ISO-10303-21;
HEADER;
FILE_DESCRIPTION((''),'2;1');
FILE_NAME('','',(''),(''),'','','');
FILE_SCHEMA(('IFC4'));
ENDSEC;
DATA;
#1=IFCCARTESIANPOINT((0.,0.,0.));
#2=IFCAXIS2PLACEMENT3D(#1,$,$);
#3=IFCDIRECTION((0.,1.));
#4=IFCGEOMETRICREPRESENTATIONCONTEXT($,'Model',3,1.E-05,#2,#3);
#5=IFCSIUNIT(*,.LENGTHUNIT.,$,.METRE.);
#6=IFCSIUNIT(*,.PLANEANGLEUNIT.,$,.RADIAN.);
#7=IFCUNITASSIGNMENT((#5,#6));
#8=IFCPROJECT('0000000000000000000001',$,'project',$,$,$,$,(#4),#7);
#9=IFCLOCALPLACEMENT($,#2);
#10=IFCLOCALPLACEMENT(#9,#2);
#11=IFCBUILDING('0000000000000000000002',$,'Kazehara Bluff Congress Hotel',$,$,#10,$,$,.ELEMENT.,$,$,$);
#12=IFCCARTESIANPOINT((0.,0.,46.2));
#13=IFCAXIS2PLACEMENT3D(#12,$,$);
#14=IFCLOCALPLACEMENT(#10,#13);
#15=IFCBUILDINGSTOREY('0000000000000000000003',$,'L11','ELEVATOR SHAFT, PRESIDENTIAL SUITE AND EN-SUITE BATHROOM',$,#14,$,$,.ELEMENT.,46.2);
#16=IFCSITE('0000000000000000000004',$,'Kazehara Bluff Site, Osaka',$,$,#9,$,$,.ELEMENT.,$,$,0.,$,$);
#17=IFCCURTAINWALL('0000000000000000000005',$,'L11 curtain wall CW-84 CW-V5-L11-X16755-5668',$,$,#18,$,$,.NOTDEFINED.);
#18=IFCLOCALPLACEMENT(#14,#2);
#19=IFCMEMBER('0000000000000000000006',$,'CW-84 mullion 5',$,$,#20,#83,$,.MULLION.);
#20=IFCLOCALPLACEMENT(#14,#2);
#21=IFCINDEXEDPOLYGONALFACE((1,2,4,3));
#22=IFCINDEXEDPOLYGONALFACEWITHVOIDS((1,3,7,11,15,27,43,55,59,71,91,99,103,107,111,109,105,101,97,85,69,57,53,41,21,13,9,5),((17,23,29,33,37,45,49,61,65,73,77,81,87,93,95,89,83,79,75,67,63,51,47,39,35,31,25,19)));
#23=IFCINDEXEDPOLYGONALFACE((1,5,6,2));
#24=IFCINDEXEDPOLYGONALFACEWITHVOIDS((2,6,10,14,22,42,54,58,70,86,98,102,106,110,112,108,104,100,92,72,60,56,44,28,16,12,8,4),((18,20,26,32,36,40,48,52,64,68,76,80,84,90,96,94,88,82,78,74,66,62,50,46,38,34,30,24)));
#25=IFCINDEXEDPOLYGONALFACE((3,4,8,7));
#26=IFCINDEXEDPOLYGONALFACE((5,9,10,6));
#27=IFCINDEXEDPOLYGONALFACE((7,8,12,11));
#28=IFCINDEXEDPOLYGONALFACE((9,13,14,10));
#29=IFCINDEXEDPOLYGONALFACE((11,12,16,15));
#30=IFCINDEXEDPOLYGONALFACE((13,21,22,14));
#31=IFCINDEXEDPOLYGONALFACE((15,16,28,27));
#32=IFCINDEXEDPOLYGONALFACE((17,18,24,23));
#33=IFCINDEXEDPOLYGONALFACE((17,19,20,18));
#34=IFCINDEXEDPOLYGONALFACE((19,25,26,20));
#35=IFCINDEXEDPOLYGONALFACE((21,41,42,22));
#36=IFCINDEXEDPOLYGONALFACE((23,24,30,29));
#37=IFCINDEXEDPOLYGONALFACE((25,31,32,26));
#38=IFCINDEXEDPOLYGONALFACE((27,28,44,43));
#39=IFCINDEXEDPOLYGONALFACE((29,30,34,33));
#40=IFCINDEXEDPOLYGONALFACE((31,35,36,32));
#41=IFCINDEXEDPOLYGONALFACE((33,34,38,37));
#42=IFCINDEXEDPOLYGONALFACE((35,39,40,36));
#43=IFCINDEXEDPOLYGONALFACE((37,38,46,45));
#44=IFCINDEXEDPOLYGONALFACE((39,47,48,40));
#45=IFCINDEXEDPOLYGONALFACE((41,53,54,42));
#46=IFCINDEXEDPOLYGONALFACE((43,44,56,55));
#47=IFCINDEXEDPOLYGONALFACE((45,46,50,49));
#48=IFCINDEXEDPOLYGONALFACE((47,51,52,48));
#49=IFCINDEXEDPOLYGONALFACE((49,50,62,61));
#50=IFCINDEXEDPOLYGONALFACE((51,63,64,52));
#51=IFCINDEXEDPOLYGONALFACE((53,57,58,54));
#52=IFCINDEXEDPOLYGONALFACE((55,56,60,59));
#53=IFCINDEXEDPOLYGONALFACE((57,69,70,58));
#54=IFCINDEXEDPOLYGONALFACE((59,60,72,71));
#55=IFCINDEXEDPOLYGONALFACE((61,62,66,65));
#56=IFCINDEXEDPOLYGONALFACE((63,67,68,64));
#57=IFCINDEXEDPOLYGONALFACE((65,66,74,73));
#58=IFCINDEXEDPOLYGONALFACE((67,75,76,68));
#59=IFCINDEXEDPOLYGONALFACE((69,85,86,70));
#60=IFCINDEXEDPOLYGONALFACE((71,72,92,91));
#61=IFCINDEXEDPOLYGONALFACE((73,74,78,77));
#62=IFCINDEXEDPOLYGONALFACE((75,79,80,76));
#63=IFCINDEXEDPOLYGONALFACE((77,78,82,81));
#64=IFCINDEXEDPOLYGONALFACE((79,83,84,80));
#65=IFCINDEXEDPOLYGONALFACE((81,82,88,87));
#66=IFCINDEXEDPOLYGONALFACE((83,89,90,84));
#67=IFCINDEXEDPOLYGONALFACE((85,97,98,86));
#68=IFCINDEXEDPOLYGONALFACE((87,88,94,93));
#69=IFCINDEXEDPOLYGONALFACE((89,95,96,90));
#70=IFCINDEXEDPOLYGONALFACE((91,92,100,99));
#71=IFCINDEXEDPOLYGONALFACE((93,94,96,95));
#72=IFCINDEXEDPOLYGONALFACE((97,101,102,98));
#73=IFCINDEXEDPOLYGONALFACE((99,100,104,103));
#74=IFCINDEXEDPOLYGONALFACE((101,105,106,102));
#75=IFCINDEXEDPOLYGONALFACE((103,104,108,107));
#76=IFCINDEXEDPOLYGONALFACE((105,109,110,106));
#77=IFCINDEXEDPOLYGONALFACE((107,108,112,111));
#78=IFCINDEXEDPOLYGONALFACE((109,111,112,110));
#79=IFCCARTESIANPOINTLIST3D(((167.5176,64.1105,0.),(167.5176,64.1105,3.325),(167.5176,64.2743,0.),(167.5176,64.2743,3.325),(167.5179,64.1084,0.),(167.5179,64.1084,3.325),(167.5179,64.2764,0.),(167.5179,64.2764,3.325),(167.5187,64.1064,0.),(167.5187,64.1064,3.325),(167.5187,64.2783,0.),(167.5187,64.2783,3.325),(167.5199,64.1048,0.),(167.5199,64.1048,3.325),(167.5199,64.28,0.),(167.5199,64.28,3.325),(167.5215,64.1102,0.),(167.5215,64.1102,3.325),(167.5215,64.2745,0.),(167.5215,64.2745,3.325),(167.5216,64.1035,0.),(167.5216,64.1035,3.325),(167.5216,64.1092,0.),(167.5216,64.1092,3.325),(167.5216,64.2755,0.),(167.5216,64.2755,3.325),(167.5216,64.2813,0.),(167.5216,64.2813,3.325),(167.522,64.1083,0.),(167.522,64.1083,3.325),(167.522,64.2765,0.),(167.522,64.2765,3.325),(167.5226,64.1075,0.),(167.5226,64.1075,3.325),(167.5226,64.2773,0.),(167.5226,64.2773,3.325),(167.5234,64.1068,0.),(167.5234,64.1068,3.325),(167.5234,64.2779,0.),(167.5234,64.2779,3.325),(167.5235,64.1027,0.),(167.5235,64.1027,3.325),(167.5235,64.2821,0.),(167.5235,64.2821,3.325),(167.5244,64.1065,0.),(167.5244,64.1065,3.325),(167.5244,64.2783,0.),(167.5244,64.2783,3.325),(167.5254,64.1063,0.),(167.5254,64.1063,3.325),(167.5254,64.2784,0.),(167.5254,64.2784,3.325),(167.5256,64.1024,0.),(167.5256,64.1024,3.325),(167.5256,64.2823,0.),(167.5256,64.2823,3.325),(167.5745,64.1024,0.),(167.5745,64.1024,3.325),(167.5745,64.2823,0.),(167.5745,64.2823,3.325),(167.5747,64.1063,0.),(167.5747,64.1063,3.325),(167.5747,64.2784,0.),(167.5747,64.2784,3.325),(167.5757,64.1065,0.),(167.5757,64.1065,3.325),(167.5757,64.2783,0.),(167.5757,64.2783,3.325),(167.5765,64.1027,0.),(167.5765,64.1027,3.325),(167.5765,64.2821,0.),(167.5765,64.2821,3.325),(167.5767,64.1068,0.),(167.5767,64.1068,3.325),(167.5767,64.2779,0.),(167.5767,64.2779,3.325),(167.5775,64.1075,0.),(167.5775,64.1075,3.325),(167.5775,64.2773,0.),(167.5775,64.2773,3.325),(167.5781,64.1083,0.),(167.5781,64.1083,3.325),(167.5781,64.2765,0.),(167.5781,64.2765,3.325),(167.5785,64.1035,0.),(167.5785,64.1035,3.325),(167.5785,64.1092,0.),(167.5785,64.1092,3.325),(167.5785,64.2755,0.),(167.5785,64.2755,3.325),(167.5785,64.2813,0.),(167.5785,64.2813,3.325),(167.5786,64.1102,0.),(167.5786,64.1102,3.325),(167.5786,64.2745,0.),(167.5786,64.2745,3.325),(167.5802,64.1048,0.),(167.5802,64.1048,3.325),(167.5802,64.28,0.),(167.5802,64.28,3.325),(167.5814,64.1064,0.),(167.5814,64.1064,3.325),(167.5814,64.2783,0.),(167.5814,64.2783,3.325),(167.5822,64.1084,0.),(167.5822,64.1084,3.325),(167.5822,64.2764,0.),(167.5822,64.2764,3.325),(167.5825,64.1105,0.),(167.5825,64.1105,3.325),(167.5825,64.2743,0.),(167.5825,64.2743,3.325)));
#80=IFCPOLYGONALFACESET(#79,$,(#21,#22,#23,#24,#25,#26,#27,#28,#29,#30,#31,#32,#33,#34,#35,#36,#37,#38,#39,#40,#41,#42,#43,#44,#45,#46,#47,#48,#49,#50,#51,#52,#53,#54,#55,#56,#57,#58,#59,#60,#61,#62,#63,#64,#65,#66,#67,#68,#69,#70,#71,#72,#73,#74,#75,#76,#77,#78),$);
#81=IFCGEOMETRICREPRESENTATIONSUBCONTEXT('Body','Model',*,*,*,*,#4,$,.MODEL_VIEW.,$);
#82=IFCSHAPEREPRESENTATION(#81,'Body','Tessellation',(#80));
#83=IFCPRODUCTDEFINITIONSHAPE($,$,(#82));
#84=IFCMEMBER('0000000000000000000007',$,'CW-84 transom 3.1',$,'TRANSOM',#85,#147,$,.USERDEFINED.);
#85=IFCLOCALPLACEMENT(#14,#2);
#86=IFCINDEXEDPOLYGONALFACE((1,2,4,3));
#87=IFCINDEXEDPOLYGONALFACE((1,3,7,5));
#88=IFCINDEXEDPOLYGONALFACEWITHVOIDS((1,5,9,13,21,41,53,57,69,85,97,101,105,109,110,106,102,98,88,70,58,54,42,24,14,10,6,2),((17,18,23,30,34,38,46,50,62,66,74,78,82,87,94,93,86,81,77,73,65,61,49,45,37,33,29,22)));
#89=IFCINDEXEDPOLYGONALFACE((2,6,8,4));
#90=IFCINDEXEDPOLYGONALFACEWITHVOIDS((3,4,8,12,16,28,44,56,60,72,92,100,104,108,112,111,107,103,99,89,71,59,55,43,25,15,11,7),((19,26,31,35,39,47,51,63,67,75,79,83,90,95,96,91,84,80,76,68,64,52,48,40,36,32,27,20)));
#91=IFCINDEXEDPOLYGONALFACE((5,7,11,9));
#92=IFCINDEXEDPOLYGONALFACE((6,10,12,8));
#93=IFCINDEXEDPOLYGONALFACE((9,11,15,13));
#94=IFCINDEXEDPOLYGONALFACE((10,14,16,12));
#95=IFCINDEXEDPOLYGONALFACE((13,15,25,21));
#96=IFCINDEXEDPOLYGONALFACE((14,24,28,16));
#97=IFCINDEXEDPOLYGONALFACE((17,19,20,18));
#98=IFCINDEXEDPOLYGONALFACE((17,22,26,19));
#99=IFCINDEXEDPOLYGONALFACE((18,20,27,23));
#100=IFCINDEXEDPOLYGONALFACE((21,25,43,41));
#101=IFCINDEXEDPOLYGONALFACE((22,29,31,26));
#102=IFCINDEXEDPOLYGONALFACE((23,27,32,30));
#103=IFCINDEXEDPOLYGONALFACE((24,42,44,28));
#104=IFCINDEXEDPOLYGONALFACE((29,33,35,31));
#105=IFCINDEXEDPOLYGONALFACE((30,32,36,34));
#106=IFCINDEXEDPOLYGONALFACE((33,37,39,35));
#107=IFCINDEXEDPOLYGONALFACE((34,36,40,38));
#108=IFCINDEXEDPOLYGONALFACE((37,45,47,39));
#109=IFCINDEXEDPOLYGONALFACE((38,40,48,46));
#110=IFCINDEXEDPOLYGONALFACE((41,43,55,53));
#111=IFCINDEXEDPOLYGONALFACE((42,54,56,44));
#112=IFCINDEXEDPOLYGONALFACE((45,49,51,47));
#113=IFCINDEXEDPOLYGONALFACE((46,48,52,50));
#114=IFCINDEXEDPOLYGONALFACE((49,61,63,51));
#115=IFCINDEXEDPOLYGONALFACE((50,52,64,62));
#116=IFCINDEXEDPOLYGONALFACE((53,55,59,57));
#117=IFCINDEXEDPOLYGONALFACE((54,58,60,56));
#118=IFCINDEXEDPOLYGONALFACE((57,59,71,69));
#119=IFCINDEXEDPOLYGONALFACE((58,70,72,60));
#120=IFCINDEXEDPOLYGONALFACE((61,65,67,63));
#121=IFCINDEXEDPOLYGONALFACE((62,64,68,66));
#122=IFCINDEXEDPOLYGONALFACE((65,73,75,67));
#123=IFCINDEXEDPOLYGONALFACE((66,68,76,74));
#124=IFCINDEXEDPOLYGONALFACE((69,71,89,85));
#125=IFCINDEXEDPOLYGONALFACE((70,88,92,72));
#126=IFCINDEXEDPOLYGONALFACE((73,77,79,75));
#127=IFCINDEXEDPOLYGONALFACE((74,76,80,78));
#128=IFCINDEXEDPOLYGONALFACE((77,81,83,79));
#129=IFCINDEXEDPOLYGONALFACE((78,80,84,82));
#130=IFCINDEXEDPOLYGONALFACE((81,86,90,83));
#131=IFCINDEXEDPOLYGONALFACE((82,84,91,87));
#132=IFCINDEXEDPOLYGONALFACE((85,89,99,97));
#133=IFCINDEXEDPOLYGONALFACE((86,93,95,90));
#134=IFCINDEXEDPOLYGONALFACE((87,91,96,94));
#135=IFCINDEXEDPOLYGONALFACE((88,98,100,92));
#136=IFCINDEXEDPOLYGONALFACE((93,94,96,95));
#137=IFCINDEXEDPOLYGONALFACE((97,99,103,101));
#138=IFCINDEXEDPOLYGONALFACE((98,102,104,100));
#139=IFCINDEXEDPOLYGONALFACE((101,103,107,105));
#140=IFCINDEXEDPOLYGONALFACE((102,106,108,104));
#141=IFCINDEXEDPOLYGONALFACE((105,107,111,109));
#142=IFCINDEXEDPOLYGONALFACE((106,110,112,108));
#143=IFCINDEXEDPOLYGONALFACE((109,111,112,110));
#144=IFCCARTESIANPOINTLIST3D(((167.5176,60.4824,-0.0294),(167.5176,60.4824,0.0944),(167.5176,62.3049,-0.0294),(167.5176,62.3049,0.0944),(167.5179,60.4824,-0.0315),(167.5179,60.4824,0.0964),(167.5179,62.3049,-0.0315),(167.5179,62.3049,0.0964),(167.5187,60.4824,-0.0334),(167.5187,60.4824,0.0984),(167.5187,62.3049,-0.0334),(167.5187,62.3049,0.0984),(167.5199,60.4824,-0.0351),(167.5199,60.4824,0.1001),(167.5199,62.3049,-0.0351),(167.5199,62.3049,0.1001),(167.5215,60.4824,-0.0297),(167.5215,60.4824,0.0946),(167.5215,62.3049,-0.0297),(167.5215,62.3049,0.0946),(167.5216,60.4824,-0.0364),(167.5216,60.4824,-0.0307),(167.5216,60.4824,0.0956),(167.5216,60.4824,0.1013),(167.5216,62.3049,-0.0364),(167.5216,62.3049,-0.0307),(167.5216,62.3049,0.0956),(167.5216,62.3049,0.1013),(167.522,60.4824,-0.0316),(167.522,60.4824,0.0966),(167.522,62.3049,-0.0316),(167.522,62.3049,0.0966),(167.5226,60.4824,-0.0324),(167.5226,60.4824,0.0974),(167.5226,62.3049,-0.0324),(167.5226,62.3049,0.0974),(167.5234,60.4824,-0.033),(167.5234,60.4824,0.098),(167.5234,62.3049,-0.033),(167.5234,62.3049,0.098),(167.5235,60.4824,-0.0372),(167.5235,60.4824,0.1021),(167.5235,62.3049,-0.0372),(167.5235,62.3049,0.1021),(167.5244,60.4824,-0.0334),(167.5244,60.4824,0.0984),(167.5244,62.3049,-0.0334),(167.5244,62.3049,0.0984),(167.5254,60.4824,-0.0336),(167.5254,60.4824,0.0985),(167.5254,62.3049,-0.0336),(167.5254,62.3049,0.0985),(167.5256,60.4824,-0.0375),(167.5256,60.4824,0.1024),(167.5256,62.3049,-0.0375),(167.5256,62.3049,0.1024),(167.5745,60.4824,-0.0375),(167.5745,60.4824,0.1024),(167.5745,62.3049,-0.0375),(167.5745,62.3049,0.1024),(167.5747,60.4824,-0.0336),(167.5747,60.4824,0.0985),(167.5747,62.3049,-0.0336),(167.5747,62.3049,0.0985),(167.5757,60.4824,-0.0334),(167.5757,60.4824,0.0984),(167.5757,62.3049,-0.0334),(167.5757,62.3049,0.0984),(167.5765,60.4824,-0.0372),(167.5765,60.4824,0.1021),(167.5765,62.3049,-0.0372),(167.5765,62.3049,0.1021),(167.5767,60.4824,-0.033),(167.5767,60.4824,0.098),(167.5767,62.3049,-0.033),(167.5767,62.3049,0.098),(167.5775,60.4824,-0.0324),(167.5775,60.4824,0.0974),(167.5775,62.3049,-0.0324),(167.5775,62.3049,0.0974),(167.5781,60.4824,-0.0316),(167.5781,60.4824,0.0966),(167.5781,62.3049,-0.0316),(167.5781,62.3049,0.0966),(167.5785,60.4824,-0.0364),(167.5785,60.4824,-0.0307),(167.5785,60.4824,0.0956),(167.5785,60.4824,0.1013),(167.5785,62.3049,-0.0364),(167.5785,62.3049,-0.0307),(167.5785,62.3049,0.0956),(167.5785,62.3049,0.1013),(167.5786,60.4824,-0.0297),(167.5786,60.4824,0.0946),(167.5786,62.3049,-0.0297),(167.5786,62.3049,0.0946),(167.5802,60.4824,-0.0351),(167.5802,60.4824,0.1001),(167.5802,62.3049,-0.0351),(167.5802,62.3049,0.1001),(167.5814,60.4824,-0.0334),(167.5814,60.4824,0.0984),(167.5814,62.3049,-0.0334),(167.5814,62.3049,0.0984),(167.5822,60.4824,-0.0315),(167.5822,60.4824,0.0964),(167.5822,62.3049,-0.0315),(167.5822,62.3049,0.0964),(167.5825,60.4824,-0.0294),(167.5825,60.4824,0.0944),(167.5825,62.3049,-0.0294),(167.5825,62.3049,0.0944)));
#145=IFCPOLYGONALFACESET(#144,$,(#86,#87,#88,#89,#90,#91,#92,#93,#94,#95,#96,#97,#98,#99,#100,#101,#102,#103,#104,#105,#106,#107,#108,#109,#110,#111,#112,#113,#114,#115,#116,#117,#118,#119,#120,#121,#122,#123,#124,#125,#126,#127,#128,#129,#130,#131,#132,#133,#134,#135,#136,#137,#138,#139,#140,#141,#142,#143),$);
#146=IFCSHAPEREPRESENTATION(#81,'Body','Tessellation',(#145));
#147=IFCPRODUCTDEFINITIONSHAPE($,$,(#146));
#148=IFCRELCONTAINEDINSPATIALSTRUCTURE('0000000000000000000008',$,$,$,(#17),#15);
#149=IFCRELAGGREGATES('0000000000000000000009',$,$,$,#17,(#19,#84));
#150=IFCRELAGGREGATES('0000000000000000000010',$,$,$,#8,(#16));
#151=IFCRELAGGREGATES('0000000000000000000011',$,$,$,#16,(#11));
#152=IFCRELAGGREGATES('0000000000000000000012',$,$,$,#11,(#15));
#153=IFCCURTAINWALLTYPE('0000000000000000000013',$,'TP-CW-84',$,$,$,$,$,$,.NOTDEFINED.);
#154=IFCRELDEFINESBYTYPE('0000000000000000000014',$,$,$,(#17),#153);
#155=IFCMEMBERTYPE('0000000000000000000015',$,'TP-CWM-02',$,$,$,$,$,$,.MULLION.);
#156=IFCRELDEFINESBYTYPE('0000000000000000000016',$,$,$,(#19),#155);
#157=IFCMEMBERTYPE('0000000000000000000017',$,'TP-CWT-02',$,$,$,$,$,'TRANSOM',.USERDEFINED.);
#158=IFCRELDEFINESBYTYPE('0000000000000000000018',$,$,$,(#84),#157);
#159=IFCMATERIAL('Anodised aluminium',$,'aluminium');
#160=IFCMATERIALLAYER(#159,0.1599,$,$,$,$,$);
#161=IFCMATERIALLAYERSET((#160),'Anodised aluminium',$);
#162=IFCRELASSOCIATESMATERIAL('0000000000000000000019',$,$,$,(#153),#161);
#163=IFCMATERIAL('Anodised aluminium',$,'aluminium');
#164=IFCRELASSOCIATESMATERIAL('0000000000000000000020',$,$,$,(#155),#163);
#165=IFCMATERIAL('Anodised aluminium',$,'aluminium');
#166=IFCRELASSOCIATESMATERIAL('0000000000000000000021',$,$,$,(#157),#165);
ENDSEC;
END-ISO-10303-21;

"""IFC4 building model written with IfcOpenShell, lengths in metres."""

from ifc_helpers import new_model, si_unit, direction, frame, origin, origin_2d, place, context, subcontext, project, spatial, hollow_rectangle, extrude, material, layer, layer_set, material_profile, profile_set, type_object, element, aggregate, save


model = new_model("IFC4")

# Units and contexts
model_context = context("Model", 3, precision=1e-05, world=origin(), true_north=direction((0.0, 1.0)))
body_context = subcontext(model_context, "Body", "Model", "MODEL_VIEW")
ifc_project = project(units=[si_unit("LENGTHUNIT", "METRE"), si_unit("PLANEANGLEUNIT", "RADIAN")], contexts=[model_context])

# Site, building, storey
site_placement = place(None, origin())
site = spatial("IfcSite", under=ifc_project, at=site_placement, Name="Kazehara Bluff Site, Osaka", CompositionType="ELEMENT", RefElevation=0.0)
building_placement = place(site_placement, origin())
building = spatial("IfcBuilding", under=site, at=building_placement, Name="Kazehara Bluff Congress Hotel", CompositionType="ELEMENT")
storey_placement = place(building_placement, frame((0.0, 0.0, 46.2)))
storey = spatial("IfcBuildingStorey", under=building, at=storey_placement, Name="L11", Description="ELEVATOR SHAFT, PRESIDENTIAL SUITE AND EN-SUITE BATHROOM", CompositionType="ELEMENT", Elevation=46.2)

# Curtain wall, members
ifc_material_1 = material(Name="Anodised aluminium", Category="aluminium")
ifc_layer_1 = layer(ifc_material_1, 0.1599)
ifc_layer_set_1 = layer_set([ifc_layer_1], Name="Anodised aluminium")
curtain_wall_type_1 = type_object("IfcCurtainWallType", Name="TP-CW-84", PredefinedType="NOTDEFINED", material=ifc_layer_set_1)
curtain_wall_1_placement = place(storey_placement, origin())
curtain_wall_1 = element("IfcCurtainWall", 1, at=curtain_wall_1_placement, inside=storey, type_object=curtain_wall_type_1, Name="L11 curtain wall CW-84 CW-V5-L11-X16755-5668", PredefinedType="NOTDEFINED")
ifc_material_2 = material(Name="Anodised aluminium", Category="aluminium")
ifc_material_profile_1 = material_profile(ifc_material_2, hollow_rectangle(XDim=0.0649, YDim=0.1799, WallThickness=0.0039, InnerFilletRadius=0.0039, OuterFilletRadius=0.0081, at=origin_2d()))
ifc_profile_set_1 = profile_set([ifc_material_profile_1], Name="Anodised aluminium")
member_type_1 = type_object("IfcMemberType", Name="TP-CWM-02", PredefinedType="MULLION", material=ifc_profile_set_1)
member_1_placement = place(storey_placement, frame((167.55, 64.1924, 0.0), z_axis=(0.0, 0.0, 1.0), x_axis=(-1.0, 0.0, 0.0)))
member_1 = element("IfcMember", 2, at=member_1_placement, type_object=member_type_1, Name="CW-84 mullion 5", PredefinedType="MULLION", context=body_context, shape_type="SweptSolid", body=[
    extrude(hollow_rectangle(XDim=0.0649, YDim=0.1799, WallThickness=0.0039, InnerFilletRadius=0.0039, OuterFilletRadius=0.0081, at=origin_2d()), origin(), (0.0, 0.0, 1.0), 3.325),
])
ifc_material_3 = material(Name="Anodised aluminium", Category="aluminium")
ifc_material_profile_2 = material_profile(ifc_material_3, hollow_rectangle(XDim=0.0649, YDim=0.1399, WallThickness=0.0039, InnerFilletRadius=0.0039, OuterFilletRadius=0.0081, at=origin_2d()))
ifc_profile_set_2 = profile_set([ifc_material_profile_2], Name="Anodised aluminium")
member_type_2 = type_object("IfcMemberType", Name="TP-CWT-02", ElementType="TRANSOM", PredefinedType="USERDEFINED", material=ifc_profile_set_2)
member_2_placement = place(storey_placement, frame((167.55, 60.4824, 0.0325), z_axis=(0.0, 1.0, 0.0), x_axis=(-1.0, 0.0, 0.0)))
member_2 = element("IfcMember", 3, at=member_2_placement, type_object=member_type_2, Name="CW-84 transom 3.1", ObjectType="TRANSOM", PredefinedType="USERDEFINED", context=body_context, shape_type="SweptSolid", body=[
    extrude(hollow_rectangle(XDim=0.0649, YDim=0.1399, WallThickness=0.0039, InnerFilletRadius=0.0039, OuterFilletRadius=0.0081, at=origin_2d()), origin(), (0.0, 0.0, 1.0), 1.8225),
])

aggregate(curtain_wall_1, [member_1, member_2])

save(model, "model.ifc")
